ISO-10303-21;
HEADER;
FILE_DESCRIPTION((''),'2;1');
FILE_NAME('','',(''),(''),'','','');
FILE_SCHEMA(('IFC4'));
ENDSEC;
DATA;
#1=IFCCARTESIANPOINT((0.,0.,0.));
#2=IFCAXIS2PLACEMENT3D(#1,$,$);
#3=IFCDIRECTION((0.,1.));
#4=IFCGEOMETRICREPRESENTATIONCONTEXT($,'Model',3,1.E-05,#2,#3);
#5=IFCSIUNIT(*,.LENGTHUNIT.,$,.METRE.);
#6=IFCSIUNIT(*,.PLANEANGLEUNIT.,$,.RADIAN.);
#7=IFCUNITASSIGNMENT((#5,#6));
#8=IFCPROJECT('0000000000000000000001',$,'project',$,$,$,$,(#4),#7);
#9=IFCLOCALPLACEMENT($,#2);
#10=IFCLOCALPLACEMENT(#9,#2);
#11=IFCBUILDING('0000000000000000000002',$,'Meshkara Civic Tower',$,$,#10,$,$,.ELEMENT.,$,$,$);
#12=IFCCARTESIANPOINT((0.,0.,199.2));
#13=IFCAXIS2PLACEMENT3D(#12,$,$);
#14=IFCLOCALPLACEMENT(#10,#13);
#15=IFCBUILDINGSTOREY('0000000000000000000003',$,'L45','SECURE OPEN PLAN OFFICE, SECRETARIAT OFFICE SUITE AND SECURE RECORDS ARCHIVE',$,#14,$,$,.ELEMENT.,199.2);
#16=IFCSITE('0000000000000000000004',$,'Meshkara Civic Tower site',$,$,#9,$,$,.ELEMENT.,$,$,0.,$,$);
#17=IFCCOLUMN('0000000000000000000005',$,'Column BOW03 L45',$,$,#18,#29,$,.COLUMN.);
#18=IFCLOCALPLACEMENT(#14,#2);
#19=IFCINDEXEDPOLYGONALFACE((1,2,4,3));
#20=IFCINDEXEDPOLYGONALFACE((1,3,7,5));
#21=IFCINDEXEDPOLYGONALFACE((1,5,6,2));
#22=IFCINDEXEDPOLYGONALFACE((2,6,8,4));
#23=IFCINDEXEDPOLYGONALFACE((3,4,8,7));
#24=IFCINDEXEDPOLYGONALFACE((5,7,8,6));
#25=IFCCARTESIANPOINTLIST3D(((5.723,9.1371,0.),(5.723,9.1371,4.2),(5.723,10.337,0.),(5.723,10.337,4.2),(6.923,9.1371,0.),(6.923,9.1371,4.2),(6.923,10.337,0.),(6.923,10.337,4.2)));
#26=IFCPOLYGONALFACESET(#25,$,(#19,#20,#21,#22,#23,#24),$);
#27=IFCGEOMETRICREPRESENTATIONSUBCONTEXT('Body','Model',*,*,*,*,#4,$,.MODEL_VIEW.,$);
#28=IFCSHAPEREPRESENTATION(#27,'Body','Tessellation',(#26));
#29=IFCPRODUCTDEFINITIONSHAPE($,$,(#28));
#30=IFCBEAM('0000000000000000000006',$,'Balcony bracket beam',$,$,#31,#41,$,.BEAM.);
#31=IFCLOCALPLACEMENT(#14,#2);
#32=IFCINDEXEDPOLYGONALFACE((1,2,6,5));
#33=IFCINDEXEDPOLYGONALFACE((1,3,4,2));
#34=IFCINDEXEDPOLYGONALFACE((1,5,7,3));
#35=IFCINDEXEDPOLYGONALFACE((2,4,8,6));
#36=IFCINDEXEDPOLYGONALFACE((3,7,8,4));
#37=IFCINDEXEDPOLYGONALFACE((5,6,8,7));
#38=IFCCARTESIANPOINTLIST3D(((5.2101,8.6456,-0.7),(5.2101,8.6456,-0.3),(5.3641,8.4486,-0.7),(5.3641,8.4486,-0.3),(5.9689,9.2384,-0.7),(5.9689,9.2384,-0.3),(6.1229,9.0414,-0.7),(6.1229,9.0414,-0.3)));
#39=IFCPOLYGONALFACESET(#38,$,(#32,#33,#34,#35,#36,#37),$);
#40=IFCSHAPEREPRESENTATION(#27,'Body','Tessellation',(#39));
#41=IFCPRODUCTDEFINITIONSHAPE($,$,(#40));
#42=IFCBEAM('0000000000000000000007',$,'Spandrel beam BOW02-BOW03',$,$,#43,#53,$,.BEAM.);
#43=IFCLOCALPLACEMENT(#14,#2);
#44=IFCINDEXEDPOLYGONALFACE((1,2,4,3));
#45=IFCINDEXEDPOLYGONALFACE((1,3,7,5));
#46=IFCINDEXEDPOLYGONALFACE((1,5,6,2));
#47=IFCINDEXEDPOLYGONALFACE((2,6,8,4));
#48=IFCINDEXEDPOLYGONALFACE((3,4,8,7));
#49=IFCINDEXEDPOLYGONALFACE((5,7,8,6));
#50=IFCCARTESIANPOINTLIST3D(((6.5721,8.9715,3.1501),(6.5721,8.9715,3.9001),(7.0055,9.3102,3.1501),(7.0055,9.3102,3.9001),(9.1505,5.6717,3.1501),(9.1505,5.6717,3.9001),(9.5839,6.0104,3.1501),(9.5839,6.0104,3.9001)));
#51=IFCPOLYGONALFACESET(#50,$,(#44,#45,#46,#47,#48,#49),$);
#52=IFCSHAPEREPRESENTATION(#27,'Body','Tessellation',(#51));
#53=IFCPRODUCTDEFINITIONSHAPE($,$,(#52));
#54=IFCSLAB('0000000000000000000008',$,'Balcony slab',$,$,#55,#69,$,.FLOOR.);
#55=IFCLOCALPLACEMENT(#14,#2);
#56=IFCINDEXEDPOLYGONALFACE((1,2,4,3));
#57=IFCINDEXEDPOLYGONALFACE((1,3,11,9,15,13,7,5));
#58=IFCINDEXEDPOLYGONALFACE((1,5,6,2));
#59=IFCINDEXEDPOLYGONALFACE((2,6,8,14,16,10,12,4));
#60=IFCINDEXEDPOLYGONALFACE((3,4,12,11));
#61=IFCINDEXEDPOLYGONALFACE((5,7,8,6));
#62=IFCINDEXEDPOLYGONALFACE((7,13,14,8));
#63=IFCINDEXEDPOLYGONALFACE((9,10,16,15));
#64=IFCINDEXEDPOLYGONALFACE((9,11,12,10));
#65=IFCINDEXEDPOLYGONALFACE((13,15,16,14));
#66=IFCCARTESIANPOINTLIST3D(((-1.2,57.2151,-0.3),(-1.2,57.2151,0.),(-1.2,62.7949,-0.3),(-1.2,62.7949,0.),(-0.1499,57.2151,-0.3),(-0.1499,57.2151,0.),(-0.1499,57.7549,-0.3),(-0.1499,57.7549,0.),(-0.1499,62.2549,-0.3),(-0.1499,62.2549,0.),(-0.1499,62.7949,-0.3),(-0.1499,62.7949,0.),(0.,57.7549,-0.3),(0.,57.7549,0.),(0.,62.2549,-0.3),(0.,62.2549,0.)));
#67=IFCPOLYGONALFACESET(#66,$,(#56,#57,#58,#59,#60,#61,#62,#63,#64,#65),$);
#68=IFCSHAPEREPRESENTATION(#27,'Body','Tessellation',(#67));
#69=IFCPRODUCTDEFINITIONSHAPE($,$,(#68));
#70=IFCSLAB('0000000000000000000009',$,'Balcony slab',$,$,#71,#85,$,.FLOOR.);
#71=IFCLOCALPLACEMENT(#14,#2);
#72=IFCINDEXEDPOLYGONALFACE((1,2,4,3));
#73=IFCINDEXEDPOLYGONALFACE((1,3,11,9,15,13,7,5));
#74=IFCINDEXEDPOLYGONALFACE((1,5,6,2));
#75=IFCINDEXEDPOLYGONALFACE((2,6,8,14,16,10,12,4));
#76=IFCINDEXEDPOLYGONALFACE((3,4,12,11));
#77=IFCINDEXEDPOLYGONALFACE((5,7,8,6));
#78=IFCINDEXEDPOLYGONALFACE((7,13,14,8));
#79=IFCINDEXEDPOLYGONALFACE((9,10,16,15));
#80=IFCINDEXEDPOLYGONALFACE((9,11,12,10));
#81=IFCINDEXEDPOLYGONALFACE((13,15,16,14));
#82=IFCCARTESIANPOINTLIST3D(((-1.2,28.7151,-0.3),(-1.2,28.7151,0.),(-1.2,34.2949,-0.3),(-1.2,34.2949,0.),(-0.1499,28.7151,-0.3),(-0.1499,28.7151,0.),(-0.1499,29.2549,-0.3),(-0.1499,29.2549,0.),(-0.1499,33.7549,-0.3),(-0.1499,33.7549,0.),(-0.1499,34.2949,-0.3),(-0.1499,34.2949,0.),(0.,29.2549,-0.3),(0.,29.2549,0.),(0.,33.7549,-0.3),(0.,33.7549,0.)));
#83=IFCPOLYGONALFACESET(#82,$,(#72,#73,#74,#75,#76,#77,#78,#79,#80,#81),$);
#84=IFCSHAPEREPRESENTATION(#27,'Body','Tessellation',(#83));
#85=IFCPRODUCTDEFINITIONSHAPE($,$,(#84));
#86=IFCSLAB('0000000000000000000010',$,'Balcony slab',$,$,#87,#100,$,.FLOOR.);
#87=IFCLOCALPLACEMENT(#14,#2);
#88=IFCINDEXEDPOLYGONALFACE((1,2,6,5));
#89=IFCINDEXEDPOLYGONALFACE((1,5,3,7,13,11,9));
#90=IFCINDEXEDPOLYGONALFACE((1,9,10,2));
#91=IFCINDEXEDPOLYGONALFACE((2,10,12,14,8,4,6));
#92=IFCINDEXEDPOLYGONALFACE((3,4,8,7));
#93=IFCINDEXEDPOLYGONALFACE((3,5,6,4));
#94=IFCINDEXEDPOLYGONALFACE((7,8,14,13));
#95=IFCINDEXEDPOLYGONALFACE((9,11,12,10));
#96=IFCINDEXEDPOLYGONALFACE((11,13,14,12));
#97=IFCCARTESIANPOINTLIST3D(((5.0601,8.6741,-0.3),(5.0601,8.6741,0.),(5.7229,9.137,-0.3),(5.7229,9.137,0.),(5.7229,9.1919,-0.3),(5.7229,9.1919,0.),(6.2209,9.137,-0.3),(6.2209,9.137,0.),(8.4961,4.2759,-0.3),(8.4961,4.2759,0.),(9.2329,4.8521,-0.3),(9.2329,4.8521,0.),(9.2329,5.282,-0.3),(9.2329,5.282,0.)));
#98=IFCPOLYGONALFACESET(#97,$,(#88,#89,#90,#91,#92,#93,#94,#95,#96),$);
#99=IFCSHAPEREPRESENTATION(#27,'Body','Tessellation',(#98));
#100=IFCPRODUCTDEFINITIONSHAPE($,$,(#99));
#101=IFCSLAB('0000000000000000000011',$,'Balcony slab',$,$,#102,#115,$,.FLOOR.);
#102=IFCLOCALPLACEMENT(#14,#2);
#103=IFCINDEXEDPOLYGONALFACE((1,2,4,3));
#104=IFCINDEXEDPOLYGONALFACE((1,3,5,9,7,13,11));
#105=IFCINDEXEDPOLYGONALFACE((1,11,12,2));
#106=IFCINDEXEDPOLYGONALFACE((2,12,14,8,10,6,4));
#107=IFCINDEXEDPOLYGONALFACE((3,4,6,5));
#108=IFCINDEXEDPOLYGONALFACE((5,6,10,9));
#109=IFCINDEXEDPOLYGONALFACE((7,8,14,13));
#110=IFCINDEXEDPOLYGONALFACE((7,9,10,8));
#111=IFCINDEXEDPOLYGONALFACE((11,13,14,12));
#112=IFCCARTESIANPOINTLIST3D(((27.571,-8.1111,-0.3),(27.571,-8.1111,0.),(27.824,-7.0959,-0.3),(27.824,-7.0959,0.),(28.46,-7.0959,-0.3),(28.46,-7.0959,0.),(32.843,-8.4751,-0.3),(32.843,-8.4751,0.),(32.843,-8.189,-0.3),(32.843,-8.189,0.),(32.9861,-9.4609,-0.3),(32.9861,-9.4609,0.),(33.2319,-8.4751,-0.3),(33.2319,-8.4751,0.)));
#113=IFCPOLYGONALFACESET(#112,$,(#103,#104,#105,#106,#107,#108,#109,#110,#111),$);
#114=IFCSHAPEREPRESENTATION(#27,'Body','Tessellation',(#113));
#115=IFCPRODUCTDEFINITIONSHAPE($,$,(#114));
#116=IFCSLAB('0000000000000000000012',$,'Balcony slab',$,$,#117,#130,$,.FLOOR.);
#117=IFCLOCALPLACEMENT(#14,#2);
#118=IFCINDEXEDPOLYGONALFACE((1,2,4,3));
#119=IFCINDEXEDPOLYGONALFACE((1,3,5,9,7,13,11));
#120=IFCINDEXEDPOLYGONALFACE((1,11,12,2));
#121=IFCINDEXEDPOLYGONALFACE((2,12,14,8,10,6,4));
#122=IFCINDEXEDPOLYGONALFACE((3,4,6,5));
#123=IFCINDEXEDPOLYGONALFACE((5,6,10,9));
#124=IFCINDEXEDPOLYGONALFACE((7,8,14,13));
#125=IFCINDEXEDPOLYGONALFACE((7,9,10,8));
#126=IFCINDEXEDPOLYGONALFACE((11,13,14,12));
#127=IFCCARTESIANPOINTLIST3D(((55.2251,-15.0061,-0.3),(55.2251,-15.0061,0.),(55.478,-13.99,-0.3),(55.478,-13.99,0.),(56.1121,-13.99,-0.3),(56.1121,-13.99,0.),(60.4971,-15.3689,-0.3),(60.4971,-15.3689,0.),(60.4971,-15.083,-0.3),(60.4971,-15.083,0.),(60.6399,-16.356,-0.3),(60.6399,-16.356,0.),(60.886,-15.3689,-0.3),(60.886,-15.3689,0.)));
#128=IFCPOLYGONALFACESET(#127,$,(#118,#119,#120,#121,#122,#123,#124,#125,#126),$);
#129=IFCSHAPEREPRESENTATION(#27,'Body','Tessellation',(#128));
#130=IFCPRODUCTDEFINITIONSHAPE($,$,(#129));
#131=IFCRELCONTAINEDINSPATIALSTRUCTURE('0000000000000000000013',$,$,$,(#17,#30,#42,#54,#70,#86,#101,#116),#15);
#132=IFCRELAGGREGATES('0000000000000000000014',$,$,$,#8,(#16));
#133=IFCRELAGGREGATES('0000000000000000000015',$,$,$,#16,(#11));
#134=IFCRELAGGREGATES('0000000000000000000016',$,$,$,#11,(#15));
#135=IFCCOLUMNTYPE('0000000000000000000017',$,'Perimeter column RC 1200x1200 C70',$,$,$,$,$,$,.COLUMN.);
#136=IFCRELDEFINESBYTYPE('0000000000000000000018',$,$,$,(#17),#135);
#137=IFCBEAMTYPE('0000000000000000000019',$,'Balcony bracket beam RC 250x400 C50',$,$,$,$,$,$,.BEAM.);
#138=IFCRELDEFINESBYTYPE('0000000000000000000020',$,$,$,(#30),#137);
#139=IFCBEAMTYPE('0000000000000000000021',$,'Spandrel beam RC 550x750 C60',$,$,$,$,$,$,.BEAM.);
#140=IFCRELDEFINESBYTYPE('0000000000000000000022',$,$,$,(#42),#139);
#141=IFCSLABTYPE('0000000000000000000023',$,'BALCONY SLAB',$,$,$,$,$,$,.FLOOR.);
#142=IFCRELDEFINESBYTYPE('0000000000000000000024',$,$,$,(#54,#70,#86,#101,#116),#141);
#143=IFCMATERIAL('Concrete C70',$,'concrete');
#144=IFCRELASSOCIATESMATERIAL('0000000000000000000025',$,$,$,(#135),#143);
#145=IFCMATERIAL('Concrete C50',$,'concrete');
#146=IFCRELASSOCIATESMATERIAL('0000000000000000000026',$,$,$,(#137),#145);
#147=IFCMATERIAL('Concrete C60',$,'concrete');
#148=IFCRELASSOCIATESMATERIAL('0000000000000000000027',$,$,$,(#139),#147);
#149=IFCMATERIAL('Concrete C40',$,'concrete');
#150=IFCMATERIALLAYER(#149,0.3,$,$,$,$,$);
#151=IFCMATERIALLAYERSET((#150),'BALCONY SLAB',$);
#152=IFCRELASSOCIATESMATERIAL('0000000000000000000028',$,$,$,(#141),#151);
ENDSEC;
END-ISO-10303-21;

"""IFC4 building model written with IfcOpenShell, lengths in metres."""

from ifc_helpers import new_model, si_unit, direction, frame, origin, origin_2d, place, context, subcontext, project, spatial, polyline, rectangle, outline, extrude, material, layer, layer_set, material_profile, profile_set, type_object, element, save


model = new_model("IFC4")

# Units and contexts
model_context = context("Model", 3, precision=1e-05, world=origin(), true_north=direction((0.0, 1.0)))
body_context = subcontext(model_context, "Body", "Model", "MODEL_VIEW")
ifc_project = project(units=[si_unit("LENGTHUNIT", "METRE"), si_unit("PLANEANGLEUNIT", "RADIAN")], contexts=[model_context])

# Site, building, storey
site_placement = place(None, origin())
site = spatial("IfcSite", under=ifc_project, at=site_placement, Name="Meshkara Civic Tower site", CompositionType="ELEMENT", RefElevation=0.0)
building_placement = place(site_placement, origin())
building = spatial("IfcBuilding", under=site, at=building_placement, Name="Meshkara Civic Tower", CompositionType="ELEMENT")
storey_placement = place(building_placement, frame((0.0, 0.0, 199.2)))
storey = spatial("IfcBuildingStorey", under=building, at=storey_placement, Name="L45", Description="SECURE OPEN PLAN OFFICE, SECRETARIAT OFFICE SUITE AND SECURE RECORDS ARCHIVE", CompositionType="ELEMENT", Elevation=199.2)

# Column
ifc_material_1 = material(Name="Concrete C70", Category="concrete")
ifc_material_profile_1 = material_profile(ifc_material_1, rectangle(XDim=1.2, YDim=1.2, at=origin_2d()))
ifc_profile_set_1 = profile_set([ifc_material_profile_1], Name="Concrete C70")
column_type = type_object("IfcColumnType", Name="Perimeter column RC 1200x1200 C70", PredefinedType="COLUMN", material=ifc_profile_set_1)
column_placement = place(storey_placement, frame((6.323, 9.7371, 0.0), z_axis=(0.0, 0.0, 1.0), x_axis=(1.0, 0.0, 0.0)))
element("IfcColumn", 1, at=column_placement, inside=storey, type_object=column_type, Name="Column BOW03 L45", PredefinedType="COLUMN", context=body_context, shape_type="SweptSolid", body=[
    extrude(rectangle(XDim=1.2, YDim=1.2, at=origin_2d()), origin(), (0.0, 0.0, 1.0), 4.2),
])

# Beams
ifc_material_2 = material(Name="Concrete C50", Category="concrete")
ifc_material_profile_2 = material_profile(ifc_material_2, rectangle(XDim=0.25, YDim=0.3999, at=origin_2d()))
ifc_profile_set_2 = profile_set([ifc_material_profile_2], Name="Concrete C50")
beam_type_1 = type_object("IfcBeamType", Name="Balcony bracket beam RC 250x400 C50", PredefinedType="BEAM", material=ifc_profile_set_2)
beam_1_placement = place(storey_placement, frame((6.0459, 9.1399, -0.5), z_axis=(-0.78804, -0.615624, 0.0), x_axis=(0.615624, -0.78804, 0.0)))
element("IfcBeam", 2, at=beam_1_placement, inside=storey, type_object=beam_type_1, Name="Balcony bracket beam", PredefinedType="BEAM", context=body_context, shape_type="SweptSolid", body=[
    extrude(rectangle(XDim=0.25, YDim=0.3999, at=origin_2d()), origin(), (0.0, 0.0, 1.0), 0.9629),
])
ifc_material_3 = material(Name="Concrete C60", Category="concrete")
ifc_material_profile_3 = material_profile(ifc_material_3, rectangle(XDim=0.55, YDim=0.75, at=origin_2d()))
ifc_profile_set_3 = profile_set([ifc_material_profile_3], Name="Concrete C60")
beam_type_2 = type_object("IfcBeamType", Name="Spandrel beam RC 550x750 C60", PredefinedType="BEAM", material=ifc_profile_set_3)
beam_2_placement = place(storey_placement, frame((6.7888, 9.1409, 3.5251), z_axis=(0.615703, -0.787978, 0.0), x_axis=(0.787978, 0.615703, 0.0)))
element("IfcBeam", 3, at=beam_2_placement, inside=storey, type_object=beam_type_2, Name="Spandrel beam BOW02-BOW03", PredefinedType="BEAM", context=body_context, shape_type="SweptSolid", body=[
    extrude(rectangle(XDim=0.55, YDim=0.75, at=origin_2d()), origin(), (0.0, 0.0, 1.0), 4.1877),
])

# Slabs
ifc_material_4 = material(Name="Concrete C40", Category="concrete")
ifc_layer_1 = layer(ifc_material_4, 0.3)
ifc_layer_set_1 = layer_set([ifc_layer_1], Name="BALCONY SLAB")
slab_type_1 = type_object("IfcSlabType", Name="BALCONY SLAB", PredefinedType="FLOOR", material=ifc_layer_set_1)
slab_1_placement = place(storey_placement, frame((0.0, 0.0, -0.3)))
element("IfcSlab", 4, at=slab_1_placement, inside=storey, type_object=slab_type_1, Name="Balcony slab", PredefinedType="FLOOR", context=body_context, shape_type="SweptSolid", body=[
    extrude(outline(polyline([(-1.2, 57.2151), (-1.2, 62.7949), (-0.1499, 62.7949), (-0.1499, 62.2549), (0.0, 62.2549), (0.0, 57.7549), (-0.1499, 57.7549), (-0.1499, 57.2151), (-1.2, 57.2151)])), origin(), (0.0, 0.0, 1.0), 0.3),
])
slab_2_placement = place(storey_placement, frame((0.0, 0.0, -0.3)))
element("IfcSlab", 5, at=slab_2_placement, inside=storey, type_object=slab_type_1, Name="Balcony slab", PredefinedType="FLOOR", context=body_context, shape_type="SweptSolid", body=[
    extrude(outline(polyline([(-1.2, 28.7151), (-1.2, 34.2949), (-0.1499, 34.2949), (-0.1499, 33.7549), (0.0, 33.7549), (0.0, 29.2549), (-0.1499, 29.2549), (-0.1499, 28.7151), (-1.2, 28.7151)])), origin(), (0.0, 0.0, 1.0), 0.3),
])
slab_3_placement = place(storey_placement, frame((0.0, 0.0, -0.3)))
element("IfcSlab", 6, at=slab_3_placement, inside=storey, type_object=slab_type_1, Name="Balcony slab", PredefinedType="FLOOR", context=body_context, shape_type="SweptSolid", body=[
    extrude(outline(polyline([(8.4961, 4.2759), (5.0601, 8.6741), (5.7229, 9.1919), (5.7229, 9.137), (6.2209, 9.137), (9.2329, 5.282), (9.2329, 4.8521), (8.4961, 4.2759)])), origin(), (0.0, 0.0, 1.0), 0.3),
])
slab_4_placement = place(storey_placement, frame((0.0, 0.0, -0.3)))
element("IfcSlab", 7, at=slab_4_placement, inside=storey, type_object=slab_type_1, Name="Balcony slab", PredefinedType="FLOOR", context=body_context, shape_type="SweptSolid", body=[
    extrude(outline(polyline([(32.9861, -9.4609), (27.571, -8.1111), (27.824, -7.0959), (28.46, -7.0959), (32.843, -8.189), (32.843, -8.4751), (33.2319, -8.4751), (32.9861, -9.4609)])), origin(), (0.0, 0.0, 1.0), 0.3),
])
slab_5_placement = place(storey_placement, frame((0.0, 0.0, -0.3)))
element("IfcSlab", 8, at=slab_5_placement, inside=storey, type_object=slab_type_1, Name="Balcony slab", PredefinedType="FLOOR", context=body_context, shape_type="SweptSolid", body=[
    extrude(outline(polyline([(60.6399, -16.356), (55.2251, -15.0061), (55.478, -13.99), (56.1121, -13.99), (60.4971, -15.083), (60.4971, -15.3689), (60.886, -15.3689), (60.6399, -16.356)])), origin(), (0.0, 0.0, 1.0), 0.3),
])

save(model, "model.ifc")
